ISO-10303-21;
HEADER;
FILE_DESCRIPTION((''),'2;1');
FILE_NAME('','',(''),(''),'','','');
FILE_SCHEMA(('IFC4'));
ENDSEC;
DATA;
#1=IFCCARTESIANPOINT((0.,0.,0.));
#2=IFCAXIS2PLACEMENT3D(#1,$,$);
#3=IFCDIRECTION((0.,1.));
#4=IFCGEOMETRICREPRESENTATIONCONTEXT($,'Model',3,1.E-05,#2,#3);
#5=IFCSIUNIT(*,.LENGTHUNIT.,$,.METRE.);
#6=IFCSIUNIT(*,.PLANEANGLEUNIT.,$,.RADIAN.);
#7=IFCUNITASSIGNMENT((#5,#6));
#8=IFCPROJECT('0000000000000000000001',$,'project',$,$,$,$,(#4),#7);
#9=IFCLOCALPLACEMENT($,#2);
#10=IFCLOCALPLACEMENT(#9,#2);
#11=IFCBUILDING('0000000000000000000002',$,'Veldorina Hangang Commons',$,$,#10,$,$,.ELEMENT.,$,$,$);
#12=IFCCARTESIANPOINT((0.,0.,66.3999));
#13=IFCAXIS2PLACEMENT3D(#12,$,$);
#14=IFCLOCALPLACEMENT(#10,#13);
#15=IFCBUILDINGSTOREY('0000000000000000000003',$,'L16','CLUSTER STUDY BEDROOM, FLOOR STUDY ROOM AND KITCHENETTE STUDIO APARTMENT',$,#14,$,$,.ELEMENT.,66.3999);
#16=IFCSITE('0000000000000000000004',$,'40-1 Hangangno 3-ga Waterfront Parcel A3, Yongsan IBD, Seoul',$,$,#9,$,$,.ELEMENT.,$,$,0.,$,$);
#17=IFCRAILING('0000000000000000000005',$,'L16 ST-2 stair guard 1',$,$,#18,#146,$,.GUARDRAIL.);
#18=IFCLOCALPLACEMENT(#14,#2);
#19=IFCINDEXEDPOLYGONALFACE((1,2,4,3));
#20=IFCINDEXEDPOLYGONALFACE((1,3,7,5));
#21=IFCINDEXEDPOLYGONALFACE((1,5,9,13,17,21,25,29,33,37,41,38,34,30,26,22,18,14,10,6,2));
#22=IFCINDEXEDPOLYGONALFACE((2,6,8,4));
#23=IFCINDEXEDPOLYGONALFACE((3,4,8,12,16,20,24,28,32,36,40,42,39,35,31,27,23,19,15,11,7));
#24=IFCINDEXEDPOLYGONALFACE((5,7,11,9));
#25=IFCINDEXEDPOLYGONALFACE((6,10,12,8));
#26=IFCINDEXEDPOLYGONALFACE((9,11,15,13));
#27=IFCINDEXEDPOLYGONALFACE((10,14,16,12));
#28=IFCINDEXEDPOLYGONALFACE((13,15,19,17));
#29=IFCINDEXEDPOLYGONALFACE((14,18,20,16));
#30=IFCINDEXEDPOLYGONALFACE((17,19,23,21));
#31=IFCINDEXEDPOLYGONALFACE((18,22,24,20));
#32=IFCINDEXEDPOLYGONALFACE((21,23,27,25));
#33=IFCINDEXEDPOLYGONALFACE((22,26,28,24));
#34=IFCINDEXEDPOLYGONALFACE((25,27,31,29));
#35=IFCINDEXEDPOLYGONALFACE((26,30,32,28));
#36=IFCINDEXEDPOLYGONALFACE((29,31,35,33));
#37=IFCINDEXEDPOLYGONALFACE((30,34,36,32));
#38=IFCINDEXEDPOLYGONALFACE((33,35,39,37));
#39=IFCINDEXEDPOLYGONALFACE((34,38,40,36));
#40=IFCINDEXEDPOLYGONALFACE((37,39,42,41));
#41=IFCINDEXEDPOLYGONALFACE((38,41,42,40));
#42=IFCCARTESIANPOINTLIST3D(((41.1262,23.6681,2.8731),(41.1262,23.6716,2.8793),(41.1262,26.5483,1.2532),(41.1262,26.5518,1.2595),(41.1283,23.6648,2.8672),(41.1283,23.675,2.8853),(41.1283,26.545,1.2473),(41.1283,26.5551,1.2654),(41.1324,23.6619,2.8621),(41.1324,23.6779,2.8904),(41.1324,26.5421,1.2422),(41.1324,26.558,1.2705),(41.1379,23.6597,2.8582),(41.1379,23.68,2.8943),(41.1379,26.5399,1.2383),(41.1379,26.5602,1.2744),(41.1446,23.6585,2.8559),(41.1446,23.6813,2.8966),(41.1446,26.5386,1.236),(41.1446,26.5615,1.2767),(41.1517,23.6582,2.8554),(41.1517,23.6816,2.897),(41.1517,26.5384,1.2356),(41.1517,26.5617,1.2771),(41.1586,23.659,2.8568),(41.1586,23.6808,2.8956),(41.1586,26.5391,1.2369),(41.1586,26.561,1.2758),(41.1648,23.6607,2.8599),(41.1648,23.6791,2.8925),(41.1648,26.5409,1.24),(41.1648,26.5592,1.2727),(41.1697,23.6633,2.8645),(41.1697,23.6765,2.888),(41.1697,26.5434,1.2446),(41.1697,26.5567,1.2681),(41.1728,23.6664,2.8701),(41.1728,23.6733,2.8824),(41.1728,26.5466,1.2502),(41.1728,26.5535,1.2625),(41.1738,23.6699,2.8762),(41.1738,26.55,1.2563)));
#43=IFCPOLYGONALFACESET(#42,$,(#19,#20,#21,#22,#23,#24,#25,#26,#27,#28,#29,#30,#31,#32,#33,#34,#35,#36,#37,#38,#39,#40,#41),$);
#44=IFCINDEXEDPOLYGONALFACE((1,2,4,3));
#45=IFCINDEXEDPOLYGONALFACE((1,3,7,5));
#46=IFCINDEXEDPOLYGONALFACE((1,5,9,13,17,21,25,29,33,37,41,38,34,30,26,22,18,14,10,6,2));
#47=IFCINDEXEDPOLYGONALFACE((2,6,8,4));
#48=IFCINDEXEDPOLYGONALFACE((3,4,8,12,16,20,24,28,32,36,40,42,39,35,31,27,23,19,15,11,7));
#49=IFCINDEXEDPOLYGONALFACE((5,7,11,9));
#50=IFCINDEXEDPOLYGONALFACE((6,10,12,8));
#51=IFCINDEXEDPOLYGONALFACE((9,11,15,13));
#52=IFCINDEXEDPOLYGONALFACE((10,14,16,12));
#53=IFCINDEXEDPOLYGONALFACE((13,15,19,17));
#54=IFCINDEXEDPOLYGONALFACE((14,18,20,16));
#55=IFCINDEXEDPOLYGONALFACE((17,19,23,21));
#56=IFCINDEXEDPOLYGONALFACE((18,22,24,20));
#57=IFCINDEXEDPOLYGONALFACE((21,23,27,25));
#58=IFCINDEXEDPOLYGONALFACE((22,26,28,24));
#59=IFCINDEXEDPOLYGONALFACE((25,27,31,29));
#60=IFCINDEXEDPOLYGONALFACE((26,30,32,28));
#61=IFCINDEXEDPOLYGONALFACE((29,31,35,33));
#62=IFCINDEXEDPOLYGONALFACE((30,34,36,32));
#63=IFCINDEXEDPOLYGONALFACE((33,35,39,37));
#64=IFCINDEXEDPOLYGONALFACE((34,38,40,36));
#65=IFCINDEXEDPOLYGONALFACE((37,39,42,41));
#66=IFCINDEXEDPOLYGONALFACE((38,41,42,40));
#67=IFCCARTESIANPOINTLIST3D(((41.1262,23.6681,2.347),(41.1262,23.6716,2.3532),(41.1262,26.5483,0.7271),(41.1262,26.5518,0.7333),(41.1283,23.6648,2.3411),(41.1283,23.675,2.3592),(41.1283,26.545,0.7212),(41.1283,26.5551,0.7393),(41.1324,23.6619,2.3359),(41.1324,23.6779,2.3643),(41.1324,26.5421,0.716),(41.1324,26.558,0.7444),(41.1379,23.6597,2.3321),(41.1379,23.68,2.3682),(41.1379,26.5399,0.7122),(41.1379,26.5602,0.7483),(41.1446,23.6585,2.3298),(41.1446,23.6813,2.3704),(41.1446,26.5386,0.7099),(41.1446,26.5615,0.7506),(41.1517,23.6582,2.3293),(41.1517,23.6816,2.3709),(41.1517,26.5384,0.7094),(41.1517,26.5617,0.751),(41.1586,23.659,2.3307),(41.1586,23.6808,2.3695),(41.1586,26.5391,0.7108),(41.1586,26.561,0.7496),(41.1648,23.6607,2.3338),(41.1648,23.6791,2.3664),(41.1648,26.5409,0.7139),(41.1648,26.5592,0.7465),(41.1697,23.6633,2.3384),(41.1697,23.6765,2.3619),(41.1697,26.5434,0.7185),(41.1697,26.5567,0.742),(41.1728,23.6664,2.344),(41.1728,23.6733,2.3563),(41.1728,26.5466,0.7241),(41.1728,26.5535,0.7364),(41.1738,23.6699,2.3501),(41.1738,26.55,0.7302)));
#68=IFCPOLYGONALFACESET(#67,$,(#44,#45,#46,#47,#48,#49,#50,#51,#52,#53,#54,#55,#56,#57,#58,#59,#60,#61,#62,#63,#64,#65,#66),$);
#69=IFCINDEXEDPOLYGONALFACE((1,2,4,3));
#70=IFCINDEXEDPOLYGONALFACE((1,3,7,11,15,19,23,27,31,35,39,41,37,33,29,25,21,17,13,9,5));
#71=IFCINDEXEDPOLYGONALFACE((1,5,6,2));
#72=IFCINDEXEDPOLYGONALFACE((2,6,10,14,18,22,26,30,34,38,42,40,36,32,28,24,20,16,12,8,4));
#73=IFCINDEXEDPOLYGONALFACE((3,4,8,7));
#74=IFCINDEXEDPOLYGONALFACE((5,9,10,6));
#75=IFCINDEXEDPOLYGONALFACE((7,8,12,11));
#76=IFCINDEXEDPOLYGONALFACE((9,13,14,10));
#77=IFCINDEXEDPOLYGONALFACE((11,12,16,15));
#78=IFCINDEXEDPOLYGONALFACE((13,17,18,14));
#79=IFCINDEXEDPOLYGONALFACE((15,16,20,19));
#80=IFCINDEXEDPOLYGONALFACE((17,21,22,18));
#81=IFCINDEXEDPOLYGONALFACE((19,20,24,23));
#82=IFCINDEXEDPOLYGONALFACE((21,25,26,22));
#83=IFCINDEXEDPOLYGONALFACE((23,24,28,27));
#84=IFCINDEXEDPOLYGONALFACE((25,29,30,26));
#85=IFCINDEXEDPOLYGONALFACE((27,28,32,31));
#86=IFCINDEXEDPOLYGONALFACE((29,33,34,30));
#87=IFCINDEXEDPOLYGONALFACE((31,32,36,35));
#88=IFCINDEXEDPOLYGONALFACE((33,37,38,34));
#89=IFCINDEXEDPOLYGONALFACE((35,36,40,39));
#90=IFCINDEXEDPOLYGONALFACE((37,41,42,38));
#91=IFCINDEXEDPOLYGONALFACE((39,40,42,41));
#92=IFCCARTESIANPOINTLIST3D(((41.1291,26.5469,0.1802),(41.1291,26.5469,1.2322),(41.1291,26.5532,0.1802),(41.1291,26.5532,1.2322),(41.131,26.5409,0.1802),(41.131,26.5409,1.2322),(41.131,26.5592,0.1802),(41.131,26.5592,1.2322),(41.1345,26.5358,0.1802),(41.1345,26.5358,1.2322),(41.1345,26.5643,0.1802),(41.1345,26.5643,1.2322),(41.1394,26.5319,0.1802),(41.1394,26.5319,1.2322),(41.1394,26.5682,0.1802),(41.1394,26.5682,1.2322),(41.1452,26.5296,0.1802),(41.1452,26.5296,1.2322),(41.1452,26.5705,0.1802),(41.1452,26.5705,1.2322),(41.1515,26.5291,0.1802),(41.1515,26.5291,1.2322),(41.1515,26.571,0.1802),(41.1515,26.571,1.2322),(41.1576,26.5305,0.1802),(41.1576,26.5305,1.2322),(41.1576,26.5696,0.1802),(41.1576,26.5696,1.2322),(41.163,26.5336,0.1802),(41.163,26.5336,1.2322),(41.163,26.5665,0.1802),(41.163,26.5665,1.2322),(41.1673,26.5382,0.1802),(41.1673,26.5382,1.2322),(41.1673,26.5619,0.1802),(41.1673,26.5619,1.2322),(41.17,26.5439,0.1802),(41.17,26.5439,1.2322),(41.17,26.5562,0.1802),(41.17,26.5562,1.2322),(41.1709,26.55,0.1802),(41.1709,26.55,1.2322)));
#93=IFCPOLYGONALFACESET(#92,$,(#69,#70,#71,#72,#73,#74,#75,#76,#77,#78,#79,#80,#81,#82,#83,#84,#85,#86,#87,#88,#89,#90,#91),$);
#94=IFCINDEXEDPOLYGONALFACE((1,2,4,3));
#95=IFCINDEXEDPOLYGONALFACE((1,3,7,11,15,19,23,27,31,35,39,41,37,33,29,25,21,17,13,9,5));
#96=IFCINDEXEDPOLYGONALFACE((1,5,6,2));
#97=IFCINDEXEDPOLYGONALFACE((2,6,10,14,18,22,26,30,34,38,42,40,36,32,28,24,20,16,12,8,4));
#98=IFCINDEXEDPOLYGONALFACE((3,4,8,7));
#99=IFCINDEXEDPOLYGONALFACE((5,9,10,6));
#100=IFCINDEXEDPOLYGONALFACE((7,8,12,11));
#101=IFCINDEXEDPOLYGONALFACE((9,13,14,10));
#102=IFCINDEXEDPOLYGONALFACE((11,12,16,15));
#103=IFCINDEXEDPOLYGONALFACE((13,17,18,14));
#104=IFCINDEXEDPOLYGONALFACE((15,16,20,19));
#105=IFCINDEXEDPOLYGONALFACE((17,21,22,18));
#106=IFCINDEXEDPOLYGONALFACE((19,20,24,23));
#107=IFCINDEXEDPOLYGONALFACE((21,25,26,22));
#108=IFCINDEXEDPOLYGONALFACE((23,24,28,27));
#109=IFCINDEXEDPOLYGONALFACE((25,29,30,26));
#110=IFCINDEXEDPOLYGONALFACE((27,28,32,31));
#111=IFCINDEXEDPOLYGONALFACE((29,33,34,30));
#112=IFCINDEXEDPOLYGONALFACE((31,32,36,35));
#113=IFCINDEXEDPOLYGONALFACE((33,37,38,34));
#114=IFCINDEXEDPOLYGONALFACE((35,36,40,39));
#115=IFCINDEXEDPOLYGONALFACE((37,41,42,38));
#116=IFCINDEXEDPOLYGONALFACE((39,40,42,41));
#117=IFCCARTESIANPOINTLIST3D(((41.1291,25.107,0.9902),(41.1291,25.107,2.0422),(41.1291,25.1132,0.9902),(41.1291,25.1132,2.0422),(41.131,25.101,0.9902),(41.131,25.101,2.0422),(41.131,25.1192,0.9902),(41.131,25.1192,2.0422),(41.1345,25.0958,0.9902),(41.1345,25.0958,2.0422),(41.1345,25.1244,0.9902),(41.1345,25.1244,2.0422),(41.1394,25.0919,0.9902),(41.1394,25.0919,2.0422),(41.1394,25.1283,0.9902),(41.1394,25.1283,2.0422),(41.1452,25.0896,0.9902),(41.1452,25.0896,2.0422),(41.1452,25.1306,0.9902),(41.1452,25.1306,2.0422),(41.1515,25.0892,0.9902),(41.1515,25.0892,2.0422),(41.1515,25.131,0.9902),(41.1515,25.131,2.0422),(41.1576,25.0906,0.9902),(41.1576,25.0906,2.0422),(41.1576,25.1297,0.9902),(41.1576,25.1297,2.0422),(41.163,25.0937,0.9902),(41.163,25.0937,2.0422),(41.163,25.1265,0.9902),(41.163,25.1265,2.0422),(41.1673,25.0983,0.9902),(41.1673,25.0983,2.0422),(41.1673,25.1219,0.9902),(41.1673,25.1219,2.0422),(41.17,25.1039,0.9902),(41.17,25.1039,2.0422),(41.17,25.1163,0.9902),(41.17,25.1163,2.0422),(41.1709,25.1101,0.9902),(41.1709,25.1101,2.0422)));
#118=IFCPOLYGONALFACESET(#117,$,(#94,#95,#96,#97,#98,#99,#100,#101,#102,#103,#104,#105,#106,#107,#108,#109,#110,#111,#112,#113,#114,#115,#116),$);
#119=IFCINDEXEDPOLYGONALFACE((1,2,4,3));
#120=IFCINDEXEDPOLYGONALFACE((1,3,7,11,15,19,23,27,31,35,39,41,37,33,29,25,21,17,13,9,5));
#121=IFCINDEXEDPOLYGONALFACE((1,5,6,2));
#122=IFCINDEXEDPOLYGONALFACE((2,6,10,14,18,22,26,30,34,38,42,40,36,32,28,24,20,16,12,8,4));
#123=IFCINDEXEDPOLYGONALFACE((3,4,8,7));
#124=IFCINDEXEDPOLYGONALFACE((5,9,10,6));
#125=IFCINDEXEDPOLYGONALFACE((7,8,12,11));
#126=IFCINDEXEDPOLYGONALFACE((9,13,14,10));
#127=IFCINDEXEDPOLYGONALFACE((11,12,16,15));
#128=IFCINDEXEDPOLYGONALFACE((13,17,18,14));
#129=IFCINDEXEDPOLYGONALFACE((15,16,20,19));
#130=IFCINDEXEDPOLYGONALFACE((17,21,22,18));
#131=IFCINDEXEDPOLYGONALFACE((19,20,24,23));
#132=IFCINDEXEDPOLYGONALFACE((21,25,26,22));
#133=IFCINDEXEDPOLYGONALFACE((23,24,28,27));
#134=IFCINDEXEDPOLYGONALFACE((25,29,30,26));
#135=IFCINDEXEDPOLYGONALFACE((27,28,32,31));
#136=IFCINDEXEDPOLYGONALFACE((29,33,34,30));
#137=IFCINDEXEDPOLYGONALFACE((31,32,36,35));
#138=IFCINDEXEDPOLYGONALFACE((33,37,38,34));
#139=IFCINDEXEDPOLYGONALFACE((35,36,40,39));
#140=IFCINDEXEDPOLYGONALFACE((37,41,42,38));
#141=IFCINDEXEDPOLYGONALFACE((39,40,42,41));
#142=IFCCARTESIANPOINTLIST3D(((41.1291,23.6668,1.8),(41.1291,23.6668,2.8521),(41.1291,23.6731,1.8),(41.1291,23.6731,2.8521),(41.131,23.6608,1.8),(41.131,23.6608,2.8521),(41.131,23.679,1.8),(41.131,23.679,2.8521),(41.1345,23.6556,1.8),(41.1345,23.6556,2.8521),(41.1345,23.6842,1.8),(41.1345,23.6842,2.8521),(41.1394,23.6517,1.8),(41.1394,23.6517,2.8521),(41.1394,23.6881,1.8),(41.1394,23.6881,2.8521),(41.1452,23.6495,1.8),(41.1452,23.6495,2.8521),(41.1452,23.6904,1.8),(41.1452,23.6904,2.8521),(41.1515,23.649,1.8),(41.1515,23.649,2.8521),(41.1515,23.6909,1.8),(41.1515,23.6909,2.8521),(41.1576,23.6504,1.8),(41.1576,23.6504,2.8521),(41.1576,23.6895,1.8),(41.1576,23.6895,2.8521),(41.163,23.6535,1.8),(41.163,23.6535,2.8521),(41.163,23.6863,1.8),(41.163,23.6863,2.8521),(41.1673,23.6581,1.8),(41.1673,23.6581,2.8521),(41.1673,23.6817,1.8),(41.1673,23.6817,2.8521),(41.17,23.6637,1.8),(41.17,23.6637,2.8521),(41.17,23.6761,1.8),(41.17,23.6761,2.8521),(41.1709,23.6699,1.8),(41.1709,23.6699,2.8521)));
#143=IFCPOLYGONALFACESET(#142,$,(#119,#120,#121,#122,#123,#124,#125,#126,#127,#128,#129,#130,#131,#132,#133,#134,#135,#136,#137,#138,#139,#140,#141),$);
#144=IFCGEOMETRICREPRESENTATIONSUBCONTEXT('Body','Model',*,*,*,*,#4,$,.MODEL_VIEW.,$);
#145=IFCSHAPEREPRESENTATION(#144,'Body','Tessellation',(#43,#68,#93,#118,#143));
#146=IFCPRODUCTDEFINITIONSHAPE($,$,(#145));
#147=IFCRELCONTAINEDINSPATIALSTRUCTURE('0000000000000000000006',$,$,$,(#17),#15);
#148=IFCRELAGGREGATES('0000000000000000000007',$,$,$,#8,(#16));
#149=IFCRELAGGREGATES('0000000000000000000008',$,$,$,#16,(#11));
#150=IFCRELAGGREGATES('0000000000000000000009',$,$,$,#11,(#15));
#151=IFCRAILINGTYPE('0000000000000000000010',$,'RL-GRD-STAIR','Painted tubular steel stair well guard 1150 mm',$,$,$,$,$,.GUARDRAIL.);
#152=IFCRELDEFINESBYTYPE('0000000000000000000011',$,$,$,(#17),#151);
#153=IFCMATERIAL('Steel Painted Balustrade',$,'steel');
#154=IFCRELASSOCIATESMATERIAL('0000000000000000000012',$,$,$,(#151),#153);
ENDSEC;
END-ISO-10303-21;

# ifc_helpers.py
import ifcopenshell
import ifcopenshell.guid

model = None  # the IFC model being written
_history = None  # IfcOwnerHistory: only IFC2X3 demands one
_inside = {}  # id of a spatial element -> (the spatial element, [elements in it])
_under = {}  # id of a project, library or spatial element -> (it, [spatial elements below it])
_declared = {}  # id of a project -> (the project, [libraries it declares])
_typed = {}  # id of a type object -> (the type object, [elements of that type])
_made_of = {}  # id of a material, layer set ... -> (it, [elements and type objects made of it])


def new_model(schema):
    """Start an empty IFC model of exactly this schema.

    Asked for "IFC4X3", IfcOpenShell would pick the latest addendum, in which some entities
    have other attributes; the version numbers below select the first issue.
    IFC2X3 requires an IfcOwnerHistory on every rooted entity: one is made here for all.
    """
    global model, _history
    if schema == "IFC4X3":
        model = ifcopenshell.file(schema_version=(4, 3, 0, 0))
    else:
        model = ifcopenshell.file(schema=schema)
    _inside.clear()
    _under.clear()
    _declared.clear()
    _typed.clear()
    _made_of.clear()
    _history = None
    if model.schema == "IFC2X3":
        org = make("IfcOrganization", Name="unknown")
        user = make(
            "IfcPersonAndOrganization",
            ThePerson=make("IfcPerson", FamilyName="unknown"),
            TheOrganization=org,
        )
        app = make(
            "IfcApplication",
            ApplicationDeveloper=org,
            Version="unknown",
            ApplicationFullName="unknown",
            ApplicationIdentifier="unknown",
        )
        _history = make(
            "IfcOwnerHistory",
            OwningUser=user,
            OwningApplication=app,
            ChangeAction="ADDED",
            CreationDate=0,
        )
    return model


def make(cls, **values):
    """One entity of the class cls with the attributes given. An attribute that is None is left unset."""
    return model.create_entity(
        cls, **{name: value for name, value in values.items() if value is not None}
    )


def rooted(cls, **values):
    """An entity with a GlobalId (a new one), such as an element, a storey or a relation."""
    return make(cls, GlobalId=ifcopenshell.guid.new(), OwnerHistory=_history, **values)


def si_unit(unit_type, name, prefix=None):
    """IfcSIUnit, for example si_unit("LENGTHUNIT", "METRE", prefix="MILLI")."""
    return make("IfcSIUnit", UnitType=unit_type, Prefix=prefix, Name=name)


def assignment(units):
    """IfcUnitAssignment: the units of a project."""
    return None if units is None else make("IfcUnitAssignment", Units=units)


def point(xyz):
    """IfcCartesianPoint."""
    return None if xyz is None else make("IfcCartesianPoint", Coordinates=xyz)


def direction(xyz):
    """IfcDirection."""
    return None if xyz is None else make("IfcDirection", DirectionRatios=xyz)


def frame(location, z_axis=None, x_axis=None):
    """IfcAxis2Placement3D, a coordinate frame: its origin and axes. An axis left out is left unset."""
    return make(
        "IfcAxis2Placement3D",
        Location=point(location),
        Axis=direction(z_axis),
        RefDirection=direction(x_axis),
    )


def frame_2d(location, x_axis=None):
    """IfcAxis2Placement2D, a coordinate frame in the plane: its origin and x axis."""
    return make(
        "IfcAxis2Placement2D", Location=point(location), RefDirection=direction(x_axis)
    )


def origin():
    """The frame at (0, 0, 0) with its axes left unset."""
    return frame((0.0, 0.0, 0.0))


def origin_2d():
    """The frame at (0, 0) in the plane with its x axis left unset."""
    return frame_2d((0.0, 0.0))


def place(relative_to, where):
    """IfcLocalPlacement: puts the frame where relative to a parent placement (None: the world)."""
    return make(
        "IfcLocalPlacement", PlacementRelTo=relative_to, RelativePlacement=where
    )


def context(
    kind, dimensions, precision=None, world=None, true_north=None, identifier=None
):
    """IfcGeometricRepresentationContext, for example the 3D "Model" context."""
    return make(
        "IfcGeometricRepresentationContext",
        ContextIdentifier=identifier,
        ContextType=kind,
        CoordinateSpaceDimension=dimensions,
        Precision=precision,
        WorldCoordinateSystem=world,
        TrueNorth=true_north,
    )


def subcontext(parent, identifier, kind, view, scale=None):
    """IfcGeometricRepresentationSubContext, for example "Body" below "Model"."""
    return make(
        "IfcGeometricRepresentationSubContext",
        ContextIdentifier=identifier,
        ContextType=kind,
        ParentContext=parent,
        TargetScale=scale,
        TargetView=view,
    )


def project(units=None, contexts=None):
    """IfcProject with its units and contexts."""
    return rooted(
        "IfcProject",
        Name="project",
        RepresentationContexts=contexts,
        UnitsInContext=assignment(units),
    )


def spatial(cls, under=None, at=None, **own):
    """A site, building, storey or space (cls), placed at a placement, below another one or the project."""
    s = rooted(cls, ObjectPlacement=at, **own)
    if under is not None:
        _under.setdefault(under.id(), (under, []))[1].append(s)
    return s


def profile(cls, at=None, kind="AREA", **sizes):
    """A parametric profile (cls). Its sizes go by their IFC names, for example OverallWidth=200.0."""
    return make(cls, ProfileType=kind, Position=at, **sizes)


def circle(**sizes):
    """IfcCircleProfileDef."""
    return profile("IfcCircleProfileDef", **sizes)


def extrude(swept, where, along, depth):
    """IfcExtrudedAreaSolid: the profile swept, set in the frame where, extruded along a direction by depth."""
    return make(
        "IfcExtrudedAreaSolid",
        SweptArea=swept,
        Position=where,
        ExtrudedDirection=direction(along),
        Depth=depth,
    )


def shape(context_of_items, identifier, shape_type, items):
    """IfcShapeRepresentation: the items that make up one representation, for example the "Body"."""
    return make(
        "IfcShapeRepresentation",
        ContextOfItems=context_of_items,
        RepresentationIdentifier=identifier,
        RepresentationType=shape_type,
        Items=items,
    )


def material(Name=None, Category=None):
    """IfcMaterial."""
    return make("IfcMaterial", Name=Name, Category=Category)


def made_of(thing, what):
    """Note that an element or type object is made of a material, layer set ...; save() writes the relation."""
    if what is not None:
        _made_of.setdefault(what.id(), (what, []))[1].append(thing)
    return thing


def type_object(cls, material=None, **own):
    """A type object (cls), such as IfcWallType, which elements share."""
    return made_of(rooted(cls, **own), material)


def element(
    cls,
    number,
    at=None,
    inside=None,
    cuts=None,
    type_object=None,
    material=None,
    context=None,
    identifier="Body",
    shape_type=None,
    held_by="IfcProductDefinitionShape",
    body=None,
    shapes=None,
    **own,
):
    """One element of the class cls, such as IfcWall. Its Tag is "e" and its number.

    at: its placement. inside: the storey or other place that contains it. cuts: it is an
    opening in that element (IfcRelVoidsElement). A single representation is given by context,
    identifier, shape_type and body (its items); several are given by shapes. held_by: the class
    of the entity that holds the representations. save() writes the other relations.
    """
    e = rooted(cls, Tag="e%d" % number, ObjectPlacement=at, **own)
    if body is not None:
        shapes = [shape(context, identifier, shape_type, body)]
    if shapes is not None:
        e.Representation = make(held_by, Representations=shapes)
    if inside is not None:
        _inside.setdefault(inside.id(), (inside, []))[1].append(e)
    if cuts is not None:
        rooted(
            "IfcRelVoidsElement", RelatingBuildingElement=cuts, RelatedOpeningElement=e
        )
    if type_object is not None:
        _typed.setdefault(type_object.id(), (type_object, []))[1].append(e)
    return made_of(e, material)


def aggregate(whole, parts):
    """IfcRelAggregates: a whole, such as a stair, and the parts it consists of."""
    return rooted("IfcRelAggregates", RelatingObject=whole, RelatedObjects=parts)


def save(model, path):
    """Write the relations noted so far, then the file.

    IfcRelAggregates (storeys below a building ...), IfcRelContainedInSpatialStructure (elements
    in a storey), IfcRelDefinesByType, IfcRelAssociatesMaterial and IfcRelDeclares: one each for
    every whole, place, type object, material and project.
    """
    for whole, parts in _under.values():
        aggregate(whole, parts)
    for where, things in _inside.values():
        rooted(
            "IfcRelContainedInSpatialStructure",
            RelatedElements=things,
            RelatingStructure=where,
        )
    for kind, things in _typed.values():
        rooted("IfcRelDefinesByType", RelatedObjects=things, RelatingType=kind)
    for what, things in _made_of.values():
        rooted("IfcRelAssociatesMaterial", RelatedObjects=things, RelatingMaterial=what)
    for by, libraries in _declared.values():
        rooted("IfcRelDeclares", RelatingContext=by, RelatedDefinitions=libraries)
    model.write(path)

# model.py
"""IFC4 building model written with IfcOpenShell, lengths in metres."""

from ifc_helpers import new_model, si_unit, direction, frame, origin, origin_2d, place, context, subcontext, project, spatial, circle, extrude, material, type_object, element, save


model = new_model("IFC4")

# Units and contexts
model_context = context("Model", 3, precision=1e-05, world=origin(), true_north=direction((0.0, 1.0)))
body_context = subcontext(model_context, "Body", "Model", "MODEL_VIEW")
ifc_project = project(units=[si_unit("LENGTHUNIT", "METRE"), si_unit("PLANEANGLEUNIT", "RADIAN")], contexts=[model_context])

# Site, building, storey
site_placement = place(None, origin())
site = spatial("IfcSite", under=ifc_project, at=site_placement, Name="40-1 Hangangno 3-ga Waterfront Parcel A3, Yongsan IBD, Seoul", CompositionType="ELEMENT", RefElevation=0.0)
building_placement = place(site_placement, origin())
building = spatial("IfcBuilding", under=site, at=building_placement, Name="Veldorina Hangang Commons", CompositionType="ELEMENT")
storey_placement = place(building_placement, frame((0.0, 0.0, 66.3999)))
storey = spatial("IfcBuildingStorey", under=building, at=storey_placement, Name="L16", Description="CLUSTER STUDY BEDROOM, FLOOR STUDY ROOM AND KITCHENETTE STUDIO APARTMENT", CompositionType="ELEMENT", Elevation=66.3999)

# Railing
ifc_material_1 = material(Name="Steel Painted Balustrade", Category="steel")
railing_type_1 = type_object("IfcRailingType", Name="RL-GRD-STAIR", Description="Painted tubular steel stair well guard 1150 mm", PredefinedType="GUARDRAIL", material=ifc_material_1)
railing_1_placement = place(storey_placement, frame((41.1499, 26.55, 0.1802)))
element("IfcRailing", 1, at=railing_1_placement, inside=storey, type_object=railing_type_1, Name="L16 ST-2 stair guard 1", PredefinedType="GUARDRAIL", context=body_context, shape_type="SweptSolid", body=[
    extrude(circle(Radius=0.0239, at=origin_2d()), frame((0.0, 0.0, 1.0762), z_axis=(0.0, -0.871601, 0.490216), x_axis=(1.0, 0.0, 0.0)), (0.0, 0.0, 1.0), 3.3044),
    extrude(circle(Radius=0.0239, at=origin_2d()), frame((0.0, 0.0, 0.55), z_axis=(0.0, -0.871601, 0.490216), x_axis=(1.0, 0.0, 0.0)), (0.0, 0.0, 1.0), 3.3044),
    extrude(circle(Radius=0.021, at=origin_2d()), origin(), (0.0, 0.0, 1.0), 1.052),
    extrude(circle(Radius=0.021, at=origin_2d()), frame((0.0, -1.4399, 0.8101)), (0.0, 0.0, 1.0), 1.052),
    extrude(circle(Radius=0.021, at=origin_2d()), frame((0.0, -2.8801, 1.6199)), (0.0, 0.0, 1.0), 1.052),
])

save(model, "model.ifc")
